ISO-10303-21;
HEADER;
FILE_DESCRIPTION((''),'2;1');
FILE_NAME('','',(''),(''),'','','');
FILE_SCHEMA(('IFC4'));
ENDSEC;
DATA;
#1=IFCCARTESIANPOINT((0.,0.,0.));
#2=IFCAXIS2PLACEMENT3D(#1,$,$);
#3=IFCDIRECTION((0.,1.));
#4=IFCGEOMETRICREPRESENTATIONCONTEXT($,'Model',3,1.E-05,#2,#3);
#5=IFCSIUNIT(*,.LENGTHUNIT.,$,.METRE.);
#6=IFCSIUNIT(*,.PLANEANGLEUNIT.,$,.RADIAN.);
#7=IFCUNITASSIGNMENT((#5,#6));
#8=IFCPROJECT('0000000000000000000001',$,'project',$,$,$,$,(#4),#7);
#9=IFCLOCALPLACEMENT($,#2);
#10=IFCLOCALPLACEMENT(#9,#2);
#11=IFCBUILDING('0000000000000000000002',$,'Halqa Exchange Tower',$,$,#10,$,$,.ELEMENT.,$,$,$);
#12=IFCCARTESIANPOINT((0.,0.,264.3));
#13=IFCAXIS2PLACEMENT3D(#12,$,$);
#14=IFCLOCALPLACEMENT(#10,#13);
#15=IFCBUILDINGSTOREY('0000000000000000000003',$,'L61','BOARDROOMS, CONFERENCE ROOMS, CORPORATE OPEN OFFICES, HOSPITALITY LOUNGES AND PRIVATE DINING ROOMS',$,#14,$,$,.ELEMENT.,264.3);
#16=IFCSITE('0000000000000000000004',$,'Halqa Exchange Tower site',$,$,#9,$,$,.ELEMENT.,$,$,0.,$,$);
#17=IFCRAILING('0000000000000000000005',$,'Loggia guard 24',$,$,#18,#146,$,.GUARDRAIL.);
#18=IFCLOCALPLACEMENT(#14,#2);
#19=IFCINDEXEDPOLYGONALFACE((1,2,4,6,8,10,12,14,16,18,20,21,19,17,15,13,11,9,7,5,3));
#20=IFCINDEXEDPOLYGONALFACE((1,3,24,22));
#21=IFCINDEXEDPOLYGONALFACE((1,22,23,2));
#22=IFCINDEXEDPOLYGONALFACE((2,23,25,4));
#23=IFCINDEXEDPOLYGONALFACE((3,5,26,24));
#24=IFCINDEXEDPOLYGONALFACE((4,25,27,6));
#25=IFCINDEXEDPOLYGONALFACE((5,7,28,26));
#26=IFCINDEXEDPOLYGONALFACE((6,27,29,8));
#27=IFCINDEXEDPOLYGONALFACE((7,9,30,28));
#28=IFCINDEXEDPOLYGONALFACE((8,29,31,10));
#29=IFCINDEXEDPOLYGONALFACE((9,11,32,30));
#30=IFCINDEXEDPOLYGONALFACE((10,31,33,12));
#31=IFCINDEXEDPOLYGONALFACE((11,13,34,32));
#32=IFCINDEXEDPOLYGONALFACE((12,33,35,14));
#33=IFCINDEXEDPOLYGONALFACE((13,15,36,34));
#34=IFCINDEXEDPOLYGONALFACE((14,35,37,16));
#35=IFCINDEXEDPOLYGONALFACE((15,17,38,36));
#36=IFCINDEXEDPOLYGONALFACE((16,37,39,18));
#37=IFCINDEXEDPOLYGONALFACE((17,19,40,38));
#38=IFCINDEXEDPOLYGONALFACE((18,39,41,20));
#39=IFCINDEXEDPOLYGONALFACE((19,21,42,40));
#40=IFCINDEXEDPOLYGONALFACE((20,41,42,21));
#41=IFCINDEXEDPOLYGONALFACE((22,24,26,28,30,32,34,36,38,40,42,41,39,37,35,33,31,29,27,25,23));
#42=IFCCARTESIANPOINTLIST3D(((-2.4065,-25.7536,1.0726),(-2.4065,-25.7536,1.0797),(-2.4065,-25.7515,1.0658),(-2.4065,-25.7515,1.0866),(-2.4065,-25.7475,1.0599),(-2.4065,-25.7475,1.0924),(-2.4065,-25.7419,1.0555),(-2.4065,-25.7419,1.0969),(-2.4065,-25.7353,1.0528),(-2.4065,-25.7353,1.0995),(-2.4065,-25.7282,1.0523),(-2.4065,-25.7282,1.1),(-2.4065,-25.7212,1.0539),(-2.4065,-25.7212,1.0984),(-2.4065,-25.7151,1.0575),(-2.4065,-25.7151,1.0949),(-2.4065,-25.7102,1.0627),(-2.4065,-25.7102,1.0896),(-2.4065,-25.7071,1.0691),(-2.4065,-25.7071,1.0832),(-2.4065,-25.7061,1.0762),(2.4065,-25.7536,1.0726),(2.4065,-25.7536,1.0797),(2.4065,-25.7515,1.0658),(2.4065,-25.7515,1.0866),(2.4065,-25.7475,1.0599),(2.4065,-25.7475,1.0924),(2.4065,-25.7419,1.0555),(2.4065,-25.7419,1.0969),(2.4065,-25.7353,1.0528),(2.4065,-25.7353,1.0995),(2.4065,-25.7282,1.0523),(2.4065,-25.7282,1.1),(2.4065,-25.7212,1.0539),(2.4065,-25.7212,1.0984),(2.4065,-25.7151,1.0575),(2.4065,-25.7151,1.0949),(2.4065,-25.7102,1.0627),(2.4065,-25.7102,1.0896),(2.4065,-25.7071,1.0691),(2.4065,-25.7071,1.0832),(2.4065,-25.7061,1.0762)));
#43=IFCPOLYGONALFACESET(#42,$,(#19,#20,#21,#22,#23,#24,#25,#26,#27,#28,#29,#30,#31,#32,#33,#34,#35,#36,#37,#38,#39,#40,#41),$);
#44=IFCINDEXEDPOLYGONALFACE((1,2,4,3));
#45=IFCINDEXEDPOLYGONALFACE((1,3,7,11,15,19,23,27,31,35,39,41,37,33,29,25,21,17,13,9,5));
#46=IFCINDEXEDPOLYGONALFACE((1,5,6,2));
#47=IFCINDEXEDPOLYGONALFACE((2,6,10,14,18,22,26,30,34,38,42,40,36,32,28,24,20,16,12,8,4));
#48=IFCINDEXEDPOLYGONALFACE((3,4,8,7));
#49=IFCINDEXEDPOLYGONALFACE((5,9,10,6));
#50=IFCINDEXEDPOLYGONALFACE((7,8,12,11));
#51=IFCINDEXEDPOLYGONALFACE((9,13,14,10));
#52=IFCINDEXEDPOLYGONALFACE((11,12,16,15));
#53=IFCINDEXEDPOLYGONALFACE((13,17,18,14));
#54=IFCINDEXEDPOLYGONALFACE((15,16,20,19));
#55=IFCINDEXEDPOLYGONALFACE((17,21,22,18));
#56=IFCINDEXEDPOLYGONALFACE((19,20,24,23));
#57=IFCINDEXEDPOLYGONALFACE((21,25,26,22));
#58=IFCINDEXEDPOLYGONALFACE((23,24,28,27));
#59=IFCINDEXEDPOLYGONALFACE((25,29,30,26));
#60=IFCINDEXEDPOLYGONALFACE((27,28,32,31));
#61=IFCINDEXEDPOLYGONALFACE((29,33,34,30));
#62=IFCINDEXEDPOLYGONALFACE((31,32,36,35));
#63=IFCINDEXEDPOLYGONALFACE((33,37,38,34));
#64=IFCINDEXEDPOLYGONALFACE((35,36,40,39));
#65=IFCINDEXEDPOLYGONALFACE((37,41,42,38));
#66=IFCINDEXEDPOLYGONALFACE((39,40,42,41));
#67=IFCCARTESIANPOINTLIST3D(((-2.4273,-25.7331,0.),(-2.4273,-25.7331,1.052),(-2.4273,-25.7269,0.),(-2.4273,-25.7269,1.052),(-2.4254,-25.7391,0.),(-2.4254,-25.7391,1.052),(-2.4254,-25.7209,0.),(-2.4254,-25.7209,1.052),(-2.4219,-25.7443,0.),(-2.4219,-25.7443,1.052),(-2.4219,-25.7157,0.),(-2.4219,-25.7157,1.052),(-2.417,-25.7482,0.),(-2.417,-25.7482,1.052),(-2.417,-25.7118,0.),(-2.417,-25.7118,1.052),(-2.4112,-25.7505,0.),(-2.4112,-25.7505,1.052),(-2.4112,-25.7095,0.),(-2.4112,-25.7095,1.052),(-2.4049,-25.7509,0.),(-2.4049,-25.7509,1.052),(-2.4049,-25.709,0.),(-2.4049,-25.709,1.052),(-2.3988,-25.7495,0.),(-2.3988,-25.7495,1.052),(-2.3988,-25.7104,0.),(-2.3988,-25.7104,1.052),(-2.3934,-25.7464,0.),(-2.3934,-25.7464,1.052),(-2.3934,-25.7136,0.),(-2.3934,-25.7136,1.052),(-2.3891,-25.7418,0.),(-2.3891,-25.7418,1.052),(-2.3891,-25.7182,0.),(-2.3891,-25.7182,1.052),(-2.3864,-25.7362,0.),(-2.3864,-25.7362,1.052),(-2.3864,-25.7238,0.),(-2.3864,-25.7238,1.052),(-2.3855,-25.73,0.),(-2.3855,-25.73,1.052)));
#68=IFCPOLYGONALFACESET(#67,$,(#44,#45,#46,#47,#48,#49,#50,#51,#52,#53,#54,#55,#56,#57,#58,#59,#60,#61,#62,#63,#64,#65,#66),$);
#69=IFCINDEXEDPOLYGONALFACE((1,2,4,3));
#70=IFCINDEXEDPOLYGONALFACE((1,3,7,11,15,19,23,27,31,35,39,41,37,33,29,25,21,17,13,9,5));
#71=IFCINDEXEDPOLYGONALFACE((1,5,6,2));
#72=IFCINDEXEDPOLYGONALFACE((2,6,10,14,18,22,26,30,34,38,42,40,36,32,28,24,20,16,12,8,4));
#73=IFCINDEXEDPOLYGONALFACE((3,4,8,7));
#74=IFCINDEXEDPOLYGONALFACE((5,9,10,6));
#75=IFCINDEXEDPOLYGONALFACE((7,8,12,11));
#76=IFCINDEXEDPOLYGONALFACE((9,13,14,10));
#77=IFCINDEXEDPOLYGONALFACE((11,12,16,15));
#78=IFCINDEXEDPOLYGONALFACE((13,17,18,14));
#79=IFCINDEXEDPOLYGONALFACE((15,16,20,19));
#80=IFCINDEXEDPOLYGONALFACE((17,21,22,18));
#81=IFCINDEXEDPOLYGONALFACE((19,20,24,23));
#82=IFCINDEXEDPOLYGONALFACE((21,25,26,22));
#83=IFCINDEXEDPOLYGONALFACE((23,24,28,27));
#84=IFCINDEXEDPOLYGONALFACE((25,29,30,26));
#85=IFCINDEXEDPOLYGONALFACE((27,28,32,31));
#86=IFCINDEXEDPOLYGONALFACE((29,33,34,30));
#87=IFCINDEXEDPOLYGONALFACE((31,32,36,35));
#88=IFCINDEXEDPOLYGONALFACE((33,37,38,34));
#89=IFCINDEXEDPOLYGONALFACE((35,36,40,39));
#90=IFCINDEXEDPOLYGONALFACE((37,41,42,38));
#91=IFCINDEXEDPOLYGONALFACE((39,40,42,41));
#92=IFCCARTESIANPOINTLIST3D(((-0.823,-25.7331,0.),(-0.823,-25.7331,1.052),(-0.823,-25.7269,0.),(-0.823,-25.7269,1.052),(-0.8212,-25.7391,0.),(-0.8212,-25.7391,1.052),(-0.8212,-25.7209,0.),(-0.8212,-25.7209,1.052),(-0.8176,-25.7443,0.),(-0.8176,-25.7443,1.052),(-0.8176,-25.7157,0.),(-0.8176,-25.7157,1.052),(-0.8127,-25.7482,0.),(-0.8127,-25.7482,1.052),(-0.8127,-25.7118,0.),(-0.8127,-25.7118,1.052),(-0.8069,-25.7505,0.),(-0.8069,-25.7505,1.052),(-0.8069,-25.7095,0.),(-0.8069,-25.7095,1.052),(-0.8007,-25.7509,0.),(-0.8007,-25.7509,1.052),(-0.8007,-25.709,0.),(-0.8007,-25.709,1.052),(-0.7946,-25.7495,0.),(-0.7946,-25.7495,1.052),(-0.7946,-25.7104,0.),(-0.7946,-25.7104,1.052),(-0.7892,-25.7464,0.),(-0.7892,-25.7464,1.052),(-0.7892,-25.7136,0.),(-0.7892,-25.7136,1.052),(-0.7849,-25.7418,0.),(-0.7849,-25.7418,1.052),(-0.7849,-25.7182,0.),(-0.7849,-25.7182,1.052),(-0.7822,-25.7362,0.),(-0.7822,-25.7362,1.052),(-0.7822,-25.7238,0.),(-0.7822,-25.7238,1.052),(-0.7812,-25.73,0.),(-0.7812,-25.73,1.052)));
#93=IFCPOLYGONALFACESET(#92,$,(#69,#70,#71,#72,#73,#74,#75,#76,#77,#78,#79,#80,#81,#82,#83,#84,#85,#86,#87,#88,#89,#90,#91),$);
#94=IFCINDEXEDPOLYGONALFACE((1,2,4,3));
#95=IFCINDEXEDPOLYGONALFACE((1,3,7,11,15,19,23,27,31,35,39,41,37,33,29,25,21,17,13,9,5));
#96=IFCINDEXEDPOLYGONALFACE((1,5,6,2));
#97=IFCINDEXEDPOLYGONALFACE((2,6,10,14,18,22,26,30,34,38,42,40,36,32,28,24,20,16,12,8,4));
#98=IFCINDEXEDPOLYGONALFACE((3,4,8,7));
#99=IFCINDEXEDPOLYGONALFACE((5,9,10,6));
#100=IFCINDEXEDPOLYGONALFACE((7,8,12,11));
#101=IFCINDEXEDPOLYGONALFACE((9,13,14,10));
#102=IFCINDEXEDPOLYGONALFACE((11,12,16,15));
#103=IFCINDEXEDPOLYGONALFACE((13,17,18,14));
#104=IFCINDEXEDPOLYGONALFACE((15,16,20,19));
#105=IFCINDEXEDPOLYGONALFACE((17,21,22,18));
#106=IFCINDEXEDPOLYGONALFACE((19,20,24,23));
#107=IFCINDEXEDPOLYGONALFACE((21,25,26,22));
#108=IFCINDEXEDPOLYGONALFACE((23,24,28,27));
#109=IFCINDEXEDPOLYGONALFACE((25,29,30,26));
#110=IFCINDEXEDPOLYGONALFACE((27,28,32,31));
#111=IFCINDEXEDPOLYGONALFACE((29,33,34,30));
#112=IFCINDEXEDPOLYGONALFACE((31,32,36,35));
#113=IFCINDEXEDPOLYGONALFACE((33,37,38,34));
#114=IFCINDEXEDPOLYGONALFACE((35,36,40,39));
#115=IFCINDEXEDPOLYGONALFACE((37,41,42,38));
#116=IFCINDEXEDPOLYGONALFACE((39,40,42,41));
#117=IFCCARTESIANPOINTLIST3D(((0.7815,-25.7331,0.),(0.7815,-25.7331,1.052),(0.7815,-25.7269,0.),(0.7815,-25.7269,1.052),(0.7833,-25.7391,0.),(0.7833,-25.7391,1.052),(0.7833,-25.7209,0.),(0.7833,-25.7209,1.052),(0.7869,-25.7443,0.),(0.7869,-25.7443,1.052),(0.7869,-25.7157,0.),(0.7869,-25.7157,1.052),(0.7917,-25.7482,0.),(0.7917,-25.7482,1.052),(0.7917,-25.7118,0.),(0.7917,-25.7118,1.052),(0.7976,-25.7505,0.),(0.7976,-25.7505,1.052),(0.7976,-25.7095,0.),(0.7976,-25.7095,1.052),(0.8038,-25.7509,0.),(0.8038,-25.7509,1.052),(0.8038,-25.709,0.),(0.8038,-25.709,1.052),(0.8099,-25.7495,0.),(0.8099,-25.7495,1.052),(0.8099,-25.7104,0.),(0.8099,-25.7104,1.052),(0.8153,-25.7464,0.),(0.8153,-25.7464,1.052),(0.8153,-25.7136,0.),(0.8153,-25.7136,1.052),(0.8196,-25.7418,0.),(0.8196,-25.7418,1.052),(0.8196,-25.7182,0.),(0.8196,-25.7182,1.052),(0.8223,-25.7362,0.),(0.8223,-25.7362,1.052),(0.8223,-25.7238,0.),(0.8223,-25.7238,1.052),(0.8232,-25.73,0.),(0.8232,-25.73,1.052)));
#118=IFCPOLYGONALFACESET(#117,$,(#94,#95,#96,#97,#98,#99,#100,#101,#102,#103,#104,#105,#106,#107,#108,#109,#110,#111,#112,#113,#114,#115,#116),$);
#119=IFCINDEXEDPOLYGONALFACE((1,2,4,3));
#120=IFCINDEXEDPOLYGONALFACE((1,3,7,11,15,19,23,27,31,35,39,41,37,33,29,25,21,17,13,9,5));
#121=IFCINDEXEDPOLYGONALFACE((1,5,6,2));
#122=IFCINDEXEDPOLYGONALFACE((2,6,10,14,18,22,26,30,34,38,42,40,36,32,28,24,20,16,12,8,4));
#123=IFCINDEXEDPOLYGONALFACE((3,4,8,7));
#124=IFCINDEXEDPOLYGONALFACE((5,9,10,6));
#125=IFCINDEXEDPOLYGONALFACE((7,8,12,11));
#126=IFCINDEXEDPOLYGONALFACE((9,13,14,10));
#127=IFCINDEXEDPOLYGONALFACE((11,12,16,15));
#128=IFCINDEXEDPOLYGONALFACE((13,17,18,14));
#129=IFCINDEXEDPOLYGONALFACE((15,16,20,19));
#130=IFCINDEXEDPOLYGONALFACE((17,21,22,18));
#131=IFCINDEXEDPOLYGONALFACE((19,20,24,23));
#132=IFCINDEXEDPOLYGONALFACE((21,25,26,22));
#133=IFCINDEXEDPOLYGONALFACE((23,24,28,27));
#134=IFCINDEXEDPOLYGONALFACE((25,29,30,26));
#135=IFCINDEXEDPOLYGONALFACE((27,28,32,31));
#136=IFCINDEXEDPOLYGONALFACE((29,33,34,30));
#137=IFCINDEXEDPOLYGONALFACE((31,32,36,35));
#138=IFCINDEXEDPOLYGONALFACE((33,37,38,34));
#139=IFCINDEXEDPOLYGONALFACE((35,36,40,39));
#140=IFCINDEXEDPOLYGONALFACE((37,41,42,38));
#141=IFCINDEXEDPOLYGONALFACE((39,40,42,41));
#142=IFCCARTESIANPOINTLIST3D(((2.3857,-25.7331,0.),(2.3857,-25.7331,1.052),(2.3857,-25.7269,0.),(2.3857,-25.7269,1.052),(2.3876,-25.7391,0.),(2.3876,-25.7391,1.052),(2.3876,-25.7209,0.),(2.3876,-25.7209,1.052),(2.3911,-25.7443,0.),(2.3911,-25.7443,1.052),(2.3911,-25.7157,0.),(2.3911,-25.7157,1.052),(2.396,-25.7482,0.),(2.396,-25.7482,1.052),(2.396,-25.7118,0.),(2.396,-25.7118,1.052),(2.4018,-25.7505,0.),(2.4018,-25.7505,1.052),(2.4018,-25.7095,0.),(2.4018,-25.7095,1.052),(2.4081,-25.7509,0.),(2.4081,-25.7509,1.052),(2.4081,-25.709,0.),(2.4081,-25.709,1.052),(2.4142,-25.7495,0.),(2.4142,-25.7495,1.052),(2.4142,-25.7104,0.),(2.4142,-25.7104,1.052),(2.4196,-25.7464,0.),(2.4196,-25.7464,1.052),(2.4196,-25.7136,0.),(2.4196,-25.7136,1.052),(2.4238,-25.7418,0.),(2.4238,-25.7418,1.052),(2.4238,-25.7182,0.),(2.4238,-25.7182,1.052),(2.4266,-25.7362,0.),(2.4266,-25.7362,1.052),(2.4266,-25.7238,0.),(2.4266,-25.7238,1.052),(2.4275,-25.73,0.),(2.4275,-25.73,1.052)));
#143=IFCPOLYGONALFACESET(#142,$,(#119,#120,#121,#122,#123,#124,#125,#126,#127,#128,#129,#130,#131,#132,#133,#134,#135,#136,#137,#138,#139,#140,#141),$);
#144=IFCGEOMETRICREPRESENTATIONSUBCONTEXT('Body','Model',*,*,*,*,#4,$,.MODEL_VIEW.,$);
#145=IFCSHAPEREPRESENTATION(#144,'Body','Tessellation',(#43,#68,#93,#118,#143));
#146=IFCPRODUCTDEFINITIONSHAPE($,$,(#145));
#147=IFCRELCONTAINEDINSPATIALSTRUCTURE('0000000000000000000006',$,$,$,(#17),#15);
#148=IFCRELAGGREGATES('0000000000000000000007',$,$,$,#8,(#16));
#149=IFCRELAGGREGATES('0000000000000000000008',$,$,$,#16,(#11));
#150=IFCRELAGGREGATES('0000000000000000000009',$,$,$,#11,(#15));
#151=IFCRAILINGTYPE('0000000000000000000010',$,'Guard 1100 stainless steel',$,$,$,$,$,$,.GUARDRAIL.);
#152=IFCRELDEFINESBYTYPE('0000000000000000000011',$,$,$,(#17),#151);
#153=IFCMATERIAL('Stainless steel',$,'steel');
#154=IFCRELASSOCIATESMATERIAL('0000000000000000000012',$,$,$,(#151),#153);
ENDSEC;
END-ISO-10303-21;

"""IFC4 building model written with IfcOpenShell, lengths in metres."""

from ifc_helpers import new_model, si_unit, direction, frame, origin, origin_2d, place, context, subcontext, project, spatial, circle, extrude, material, type_object, element, save


model = new_model("IFC4")

# Units and contexts
model_context = context("Model", 3, precision=1e-05, world=origin(), true_north=direction((0.0, 1.0)))
body_context = subcontext(model_context, "Body", "Model", "MODEL_VIEW")
ifc_project = project(units=[si_unit("LENGTHUNIT", "METRE"), si_unit("PLANEANGLEUNIT", "RADIAN")], contexts=[model_context])

# Site, building, storey
site_placement = place(None, origin())
site = spatial("IfcSite", under=ifc_project, at=site_placement, Name="Halqa Exchange Tower site", CompositionType="ELEMENT", RefElevation=0.0)
building_placement = place(site_placement, origin())
building = spatial("IfcBuilding", under=site, at=building_placement, Name="Halqa Exchange Tower", CompositionType="ELEMENT")
storey_placement = place(building_placement, frame((0.0, 0.0, 264.3)))
storey = spatial("IfcBuildingStorey", under=building, at=storey_placement, Name="L61", Description="BOARDROOMS, CONFERENCE ROOMS, CORPORATE OPEN OFFICES, HOSPITALITY LOUNGES AND PRIVATE DINING ROOMS", CompositionType="ELEMENT", Elevation=264.3)

# Railing
ifc_material_1 = material(Name="Stainless steel", Category="steel")
railing_type = type_object("IfcRailingType", Name="Guard 1100 stainless steel", PredefinedType="GUARDRAIL", material=ifc_material_1)
railing_1_placement = place(storey_placement, frame((-2.4065, -25.73, 0.0)))
element("IfcRailing", 1, at=railing_1_placement, inside=storey, type_object=railing_type, Name="Loggia guard 24", PredefinedType="GUARDRAIL", context=body_context, shape_type="SweptSolid", body=[
    extrude(circle(Radius=0.0239, at=origin_2d()), frame((0.0, 0.0, 1.0762), z_axis=(1.0, 0.0, 0.0), x_axis=(0.0, 1.0, 0.0)), (0.0, 0.0, 1.0), 4.813),
    extrude(circle(Radius=0.021, at=origin_2d()), origin(), (0.0, 0.0, 1.0), 1.052),
    extrude(circle(Radius=0.021, at=origin_2d()), frame((1.6042, 0.0, 0.0)), (0.0, 0.0, 1.0), 1.052),
    extrude(circle(Radius=0.021, at=origin_2d()), frame((3.2087, 0.0, 0.0)), (0.0, 0.0, 1.0), 1.052),
    extrude(circle(Radius=0.021, at=origin_2d()), frame((4.813, 0.0, 0.0)), (0.0, 0.0, 1.0), 1.052),
])

save(model, "model.ifc")
